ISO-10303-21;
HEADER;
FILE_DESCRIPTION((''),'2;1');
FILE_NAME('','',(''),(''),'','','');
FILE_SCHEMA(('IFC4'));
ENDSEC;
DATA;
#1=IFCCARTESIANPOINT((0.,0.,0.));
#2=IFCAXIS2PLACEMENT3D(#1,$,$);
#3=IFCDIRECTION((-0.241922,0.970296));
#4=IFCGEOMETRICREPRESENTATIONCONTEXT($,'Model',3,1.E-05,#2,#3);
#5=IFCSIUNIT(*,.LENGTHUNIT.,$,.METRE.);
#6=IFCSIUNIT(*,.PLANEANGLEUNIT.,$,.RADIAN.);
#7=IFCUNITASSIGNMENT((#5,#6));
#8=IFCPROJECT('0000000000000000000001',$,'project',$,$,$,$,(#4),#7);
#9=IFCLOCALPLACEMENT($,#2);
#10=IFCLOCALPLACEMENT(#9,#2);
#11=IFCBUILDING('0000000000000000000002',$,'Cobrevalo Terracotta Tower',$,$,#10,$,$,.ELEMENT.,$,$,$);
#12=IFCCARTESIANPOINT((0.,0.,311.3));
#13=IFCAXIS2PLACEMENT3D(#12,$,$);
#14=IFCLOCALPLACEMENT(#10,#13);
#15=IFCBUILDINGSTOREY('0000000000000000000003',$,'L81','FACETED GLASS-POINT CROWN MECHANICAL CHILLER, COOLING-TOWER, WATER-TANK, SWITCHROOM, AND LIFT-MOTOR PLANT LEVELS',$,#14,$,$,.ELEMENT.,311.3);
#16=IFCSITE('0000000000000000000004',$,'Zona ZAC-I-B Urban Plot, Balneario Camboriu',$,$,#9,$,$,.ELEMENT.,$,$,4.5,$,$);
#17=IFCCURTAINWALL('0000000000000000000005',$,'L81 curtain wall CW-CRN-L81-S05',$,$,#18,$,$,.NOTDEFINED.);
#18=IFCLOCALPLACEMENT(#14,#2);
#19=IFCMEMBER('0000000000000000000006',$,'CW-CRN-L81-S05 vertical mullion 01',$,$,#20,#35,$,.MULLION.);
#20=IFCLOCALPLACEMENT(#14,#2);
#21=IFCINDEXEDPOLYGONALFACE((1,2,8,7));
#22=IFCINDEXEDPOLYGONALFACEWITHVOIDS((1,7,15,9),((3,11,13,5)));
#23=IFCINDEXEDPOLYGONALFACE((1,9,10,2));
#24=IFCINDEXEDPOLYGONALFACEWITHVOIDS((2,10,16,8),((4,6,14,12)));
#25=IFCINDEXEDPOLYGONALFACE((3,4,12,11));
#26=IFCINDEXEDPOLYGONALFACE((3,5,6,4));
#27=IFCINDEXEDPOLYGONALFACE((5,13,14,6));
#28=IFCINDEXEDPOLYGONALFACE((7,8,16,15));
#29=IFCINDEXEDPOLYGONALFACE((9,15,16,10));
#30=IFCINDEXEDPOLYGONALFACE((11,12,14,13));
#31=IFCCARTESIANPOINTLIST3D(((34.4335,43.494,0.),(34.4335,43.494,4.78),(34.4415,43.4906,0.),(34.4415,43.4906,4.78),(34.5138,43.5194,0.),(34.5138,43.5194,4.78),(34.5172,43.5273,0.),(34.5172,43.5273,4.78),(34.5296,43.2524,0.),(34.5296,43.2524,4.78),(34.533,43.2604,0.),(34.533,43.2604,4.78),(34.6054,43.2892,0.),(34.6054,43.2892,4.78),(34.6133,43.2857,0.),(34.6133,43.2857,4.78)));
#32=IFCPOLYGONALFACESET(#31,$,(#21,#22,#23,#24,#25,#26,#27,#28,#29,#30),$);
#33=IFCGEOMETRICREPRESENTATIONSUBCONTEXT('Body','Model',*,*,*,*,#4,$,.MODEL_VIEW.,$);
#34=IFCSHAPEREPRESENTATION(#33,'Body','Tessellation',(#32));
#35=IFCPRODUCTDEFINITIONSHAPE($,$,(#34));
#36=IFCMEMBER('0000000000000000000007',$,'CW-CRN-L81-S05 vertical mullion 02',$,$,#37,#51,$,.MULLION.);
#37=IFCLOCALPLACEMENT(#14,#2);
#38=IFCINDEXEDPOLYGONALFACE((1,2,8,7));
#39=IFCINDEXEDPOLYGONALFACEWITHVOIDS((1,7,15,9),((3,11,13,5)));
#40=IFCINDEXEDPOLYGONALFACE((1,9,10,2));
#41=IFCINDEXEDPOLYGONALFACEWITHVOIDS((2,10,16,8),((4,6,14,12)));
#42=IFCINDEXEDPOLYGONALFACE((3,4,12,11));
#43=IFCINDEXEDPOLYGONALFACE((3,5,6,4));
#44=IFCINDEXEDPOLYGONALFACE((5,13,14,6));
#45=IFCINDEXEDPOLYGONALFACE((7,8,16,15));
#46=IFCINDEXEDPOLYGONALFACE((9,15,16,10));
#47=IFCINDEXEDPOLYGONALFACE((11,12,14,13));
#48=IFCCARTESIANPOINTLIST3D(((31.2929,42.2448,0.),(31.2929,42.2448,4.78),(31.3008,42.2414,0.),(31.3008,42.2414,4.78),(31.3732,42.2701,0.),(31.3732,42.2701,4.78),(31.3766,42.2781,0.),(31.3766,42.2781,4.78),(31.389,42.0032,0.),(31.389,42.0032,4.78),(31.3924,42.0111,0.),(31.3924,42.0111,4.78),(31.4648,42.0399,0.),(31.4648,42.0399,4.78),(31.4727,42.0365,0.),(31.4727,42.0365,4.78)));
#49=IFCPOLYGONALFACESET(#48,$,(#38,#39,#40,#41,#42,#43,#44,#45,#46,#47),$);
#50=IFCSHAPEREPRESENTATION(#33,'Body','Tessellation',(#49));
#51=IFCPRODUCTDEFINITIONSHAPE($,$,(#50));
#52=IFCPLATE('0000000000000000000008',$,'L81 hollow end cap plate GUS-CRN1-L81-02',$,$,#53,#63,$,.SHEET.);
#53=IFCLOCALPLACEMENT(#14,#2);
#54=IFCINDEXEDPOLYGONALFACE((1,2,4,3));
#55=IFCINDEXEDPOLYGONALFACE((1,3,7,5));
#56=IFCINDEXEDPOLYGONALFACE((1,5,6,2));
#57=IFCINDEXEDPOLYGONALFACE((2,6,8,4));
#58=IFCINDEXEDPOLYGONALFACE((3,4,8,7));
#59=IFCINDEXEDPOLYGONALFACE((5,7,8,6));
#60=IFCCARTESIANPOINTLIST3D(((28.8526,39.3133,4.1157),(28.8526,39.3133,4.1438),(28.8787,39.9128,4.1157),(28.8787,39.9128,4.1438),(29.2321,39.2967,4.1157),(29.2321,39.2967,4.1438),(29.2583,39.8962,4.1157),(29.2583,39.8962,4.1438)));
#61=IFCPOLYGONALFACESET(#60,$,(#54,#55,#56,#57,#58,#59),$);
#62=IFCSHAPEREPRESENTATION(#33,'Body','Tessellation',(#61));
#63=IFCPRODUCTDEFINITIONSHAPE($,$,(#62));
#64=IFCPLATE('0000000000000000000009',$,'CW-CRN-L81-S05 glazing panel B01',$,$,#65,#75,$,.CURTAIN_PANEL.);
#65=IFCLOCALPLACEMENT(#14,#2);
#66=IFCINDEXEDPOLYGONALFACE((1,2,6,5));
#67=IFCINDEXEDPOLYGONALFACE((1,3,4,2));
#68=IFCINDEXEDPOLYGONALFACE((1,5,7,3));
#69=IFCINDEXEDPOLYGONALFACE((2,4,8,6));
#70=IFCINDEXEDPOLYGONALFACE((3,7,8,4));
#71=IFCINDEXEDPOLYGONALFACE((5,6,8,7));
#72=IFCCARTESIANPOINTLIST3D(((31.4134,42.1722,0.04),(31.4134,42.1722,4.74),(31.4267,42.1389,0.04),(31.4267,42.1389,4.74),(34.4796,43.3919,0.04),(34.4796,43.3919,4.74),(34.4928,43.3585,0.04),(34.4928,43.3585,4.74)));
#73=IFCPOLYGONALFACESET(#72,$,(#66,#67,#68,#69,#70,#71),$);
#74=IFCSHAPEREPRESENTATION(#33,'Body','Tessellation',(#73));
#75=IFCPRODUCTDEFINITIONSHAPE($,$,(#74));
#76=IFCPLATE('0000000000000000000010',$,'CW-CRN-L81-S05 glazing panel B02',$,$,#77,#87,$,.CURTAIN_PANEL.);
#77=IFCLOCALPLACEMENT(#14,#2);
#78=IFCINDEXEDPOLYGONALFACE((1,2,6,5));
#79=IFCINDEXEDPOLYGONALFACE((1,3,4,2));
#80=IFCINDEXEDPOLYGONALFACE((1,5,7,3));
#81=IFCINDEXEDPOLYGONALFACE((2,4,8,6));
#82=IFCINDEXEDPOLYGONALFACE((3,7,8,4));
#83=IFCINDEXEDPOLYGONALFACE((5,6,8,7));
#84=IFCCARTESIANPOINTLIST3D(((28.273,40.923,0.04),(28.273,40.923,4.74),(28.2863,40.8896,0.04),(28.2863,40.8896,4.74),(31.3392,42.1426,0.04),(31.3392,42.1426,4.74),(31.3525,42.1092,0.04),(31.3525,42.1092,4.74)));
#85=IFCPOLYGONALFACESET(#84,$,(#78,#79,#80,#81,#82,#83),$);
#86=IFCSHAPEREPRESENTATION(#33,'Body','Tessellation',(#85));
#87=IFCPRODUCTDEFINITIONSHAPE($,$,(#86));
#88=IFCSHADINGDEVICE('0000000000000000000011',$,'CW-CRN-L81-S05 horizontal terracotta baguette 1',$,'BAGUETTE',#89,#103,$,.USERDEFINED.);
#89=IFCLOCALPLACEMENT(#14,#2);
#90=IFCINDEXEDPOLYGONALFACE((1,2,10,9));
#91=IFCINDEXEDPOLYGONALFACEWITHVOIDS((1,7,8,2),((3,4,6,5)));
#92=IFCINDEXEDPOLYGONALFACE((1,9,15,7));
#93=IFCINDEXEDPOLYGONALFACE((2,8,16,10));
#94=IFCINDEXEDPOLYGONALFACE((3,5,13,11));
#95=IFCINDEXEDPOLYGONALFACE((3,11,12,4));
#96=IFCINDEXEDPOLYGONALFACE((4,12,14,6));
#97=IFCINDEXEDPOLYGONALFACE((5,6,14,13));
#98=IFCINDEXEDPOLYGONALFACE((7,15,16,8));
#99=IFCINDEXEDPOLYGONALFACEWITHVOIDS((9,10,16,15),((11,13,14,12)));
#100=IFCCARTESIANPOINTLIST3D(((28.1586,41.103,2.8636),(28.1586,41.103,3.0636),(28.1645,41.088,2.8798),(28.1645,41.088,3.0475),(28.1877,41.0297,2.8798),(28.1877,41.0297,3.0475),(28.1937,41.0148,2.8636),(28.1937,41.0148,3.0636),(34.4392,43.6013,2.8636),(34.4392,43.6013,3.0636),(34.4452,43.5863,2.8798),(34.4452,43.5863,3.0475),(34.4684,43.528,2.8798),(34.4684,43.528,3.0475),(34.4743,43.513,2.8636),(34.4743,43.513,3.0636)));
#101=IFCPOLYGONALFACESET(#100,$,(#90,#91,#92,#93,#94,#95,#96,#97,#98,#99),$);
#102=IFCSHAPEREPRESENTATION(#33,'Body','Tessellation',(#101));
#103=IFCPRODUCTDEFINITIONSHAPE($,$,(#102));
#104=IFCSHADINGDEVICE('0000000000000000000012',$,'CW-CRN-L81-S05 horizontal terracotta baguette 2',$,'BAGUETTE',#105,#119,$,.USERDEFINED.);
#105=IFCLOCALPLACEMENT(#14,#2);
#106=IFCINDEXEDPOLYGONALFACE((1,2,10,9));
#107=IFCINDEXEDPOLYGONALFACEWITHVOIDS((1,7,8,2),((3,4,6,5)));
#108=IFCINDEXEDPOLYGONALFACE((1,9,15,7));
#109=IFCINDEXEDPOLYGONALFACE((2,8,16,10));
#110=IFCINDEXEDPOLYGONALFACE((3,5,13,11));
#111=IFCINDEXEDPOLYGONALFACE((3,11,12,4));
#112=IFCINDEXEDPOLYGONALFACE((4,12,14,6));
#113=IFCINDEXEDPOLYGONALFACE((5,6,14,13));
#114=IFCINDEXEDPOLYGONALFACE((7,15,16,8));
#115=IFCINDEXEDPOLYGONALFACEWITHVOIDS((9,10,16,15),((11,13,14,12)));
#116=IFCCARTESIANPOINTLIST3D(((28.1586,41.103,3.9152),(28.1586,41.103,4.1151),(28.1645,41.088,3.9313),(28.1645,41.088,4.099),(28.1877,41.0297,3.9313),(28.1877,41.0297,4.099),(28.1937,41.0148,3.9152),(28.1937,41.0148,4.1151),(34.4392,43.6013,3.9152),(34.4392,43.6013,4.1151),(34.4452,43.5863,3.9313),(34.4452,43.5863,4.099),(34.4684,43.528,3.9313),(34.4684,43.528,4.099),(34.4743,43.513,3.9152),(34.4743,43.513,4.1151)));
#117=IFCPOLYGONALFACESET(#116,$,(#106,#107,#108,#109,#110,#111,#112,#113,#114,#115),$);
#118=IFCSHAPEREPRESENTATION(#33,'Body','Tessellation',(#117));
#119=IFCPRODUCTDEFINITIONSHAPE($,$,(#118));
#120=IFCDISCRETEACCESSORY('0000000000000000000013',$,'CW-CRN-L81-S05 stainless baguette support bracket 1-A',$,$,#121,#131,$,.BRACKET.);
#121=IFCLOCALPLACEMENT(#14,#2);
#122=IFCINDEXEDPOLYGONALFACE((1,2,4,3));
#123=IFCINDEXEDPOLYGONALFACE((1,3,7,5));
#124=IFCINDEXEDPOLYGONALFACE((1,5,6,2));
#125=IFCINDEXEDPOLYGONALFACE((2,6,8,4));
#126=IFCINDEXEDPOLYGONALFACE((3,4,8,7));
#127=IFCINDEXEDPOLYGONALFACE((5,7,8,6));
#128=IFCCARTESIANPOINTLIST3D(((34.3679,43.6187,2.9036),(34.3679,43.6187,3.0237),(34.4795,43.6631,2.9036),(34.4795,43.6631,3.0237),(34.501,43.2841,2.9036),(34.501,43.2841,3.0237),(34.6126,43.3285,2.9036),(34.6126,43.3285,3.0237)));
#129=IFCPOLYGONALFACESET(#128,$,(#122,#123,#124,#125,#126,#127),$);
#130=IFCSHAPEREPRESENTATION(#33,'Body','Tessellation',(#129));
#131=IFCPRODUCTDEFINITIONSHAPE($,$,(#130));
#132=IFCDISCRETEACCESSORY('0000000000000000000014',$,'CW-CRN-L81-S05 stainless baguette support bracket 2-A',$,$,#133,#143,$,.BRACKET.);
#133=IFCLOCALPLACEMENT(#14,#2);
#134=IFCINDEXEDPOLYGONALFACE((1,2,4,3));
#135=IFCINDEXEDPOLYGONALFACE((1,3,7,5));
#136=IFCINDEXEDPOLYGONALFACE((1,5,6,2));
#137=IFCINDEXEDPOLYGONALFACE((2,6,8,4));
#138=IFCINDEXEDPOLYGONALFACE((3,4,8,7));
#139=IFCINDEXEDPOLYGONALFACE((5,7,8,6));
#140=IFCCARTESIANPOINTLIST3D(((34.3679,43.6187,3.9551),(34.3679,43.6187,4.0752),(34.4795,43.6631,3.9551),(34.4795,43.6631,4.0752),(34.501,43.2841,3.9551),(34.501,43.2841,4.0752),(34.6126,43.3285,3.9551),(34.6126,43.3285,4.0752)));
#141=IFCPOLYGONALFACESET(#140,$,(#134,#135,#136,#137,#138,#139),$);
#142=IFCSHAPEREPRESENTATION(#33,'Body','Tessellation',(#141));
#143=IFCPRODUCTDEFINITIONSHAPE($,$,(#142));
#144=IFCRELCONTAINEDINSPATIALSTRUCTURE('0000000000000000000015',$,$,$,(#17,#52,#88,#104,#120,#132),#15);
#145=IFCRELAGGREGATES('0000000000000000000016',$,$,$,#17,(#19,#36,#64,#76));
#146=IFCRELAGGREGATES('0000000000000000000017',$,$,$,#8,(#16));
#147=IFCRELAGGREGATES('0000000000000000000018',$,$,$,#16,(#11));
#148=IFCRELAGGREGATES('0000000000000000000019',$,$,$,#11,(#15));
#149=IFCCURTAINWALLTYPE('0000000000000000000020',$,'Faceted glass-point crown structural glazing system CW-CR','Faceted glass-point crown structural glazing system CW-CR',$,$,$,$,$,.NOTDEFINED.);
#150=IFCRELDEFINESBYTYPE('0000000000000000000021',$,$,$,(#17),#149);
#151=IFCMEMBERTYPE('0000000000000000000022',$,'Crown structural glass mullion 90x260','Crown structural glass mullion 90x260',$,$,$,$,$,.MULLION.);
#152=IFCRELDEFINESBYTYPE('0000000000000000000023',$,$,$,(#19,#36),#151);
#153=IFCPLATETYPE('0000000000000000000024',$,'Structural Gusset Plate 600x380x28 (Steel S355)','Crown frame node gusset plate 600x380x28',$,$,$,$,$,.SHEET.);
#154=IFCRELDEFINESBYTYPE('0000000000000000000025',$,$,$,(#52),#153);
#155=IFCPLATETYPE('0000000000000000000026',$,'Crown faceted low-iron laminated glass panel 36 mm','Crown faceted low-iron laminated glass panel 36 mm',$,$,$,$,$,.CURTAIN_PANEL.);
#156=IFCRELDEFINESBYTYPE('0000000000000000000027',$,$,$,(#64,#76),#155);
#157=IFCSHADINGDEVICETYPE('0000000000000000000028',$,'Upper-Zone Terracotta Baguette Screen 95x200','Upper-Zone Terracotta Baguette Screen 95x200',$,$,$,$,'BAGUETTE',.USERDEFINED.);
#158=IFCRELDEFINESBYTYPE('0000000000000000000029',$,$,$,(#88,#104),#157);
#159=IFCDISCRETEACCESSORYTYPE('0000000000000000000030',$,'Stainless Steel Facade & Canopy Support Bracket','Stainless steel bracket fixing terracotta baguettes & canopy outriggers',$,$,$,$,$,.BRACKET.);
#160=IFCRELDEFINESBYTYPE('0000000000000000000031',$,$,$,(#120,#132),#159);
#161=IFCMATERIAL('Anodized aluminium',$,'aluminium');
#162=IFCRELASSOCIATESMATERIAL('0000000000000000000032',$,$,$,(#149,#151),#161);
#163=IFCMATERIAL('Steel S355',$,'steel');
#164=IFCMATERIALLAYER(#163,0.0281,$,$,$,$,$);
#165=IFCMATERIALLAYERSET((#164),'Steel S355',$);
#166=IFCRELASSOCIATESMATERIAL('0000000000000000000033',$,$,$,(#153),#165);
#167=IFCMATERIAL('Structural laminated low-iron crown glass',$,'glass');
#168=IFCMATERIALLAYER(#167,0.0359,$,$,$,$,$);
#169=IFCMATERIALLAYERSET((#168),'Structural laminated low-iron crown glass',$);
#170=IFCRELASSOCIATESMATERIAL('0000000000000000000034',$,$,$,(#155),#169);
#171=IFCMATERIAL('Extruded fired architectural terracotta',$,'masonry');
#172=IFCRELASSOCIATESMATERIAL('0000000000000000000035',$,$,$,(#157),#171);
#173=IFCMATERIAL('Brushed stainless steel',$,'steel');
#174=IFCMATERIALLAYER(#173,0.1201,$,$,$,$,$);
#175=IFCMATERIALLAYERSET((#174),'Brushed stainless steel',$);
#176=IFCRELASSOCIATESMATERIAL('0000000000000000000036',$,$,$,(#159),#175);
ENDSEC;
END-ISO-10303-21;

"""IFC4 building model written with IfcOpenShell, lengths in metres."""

from ifc_helpers import new_model, si_unit, direction, frame, origin, origin_2d, place, context, subcontext, project, spatial, rectangle, hollow_rectangle, extrude, source, transform, mapped, material, layer, layer_set, material_profile, profile_set, type_object, element, aggregate, save


model = new_model("IFC4")

# Units and contexts
model_context = context("Model", 3, precision=1e-05, world=origin(), true_north=direction((-0.241922, 0.970296)))
body_context = subcontext(model_context, "Body", "Model", "MODEL_VIEW")
ifc_project = project(units=[si_unit("LENGTHUNIT", "METRE"), si_unit("PLANEANGLEUNIT", "RADIAN")], contexts=[model_context])

# Site, building, storey
site_placement = place(None, origin())
site = spatial("IfcSite", under=ifc_project, at=site_placement, Name="Zona ZAC-I-B Urban Plot, Balneario Camboriu", CompositionType="ELEMENT", RefElevation=4.5)
building_placement = place(site_placement, origin())
building = spatial("IfcBuilding", under=site, at=building_placement, Name="Cobrevalo Terracotta Tower", CompositionType="ELEMENT")
storey_placement = place(building_placement, frame((0.0, 0.0, 311.3)))
storey = spatial("IfcBuildingStorey", under=building, at=storey_placement, Name="L81", Description="FACETED GLASS-POINT CROWN MECHANICAL CHILLER, COOLING-TOWER, WATER-TANK, SWITCHROOM, AND LIFT-MOTOR PLANT LEVELS", CompositionType="ELEMENT", Elevation=311.3)

# Shared definitions
ifc_material_1 = material(Name="Steel S355", Category="steel")

# Curtain wall
ifc_material_2 = material(Name="Anodized aluminium", Category="aluminium")
curtain_wall_type = type_object("IfcCurtainWallType", Name="Faceted glass-point crown structural glazing system CW-CR", Description="Faceted glass-point crown structural glazing system CW-CR", PredefinedType="NOTDEFINED", material=ifc_material_2)
curtain_wall_1_placement = place(storey_placement, origin())
curtain_wall_1 = element("IfcCurtainWall", 1, at=curtain_wall_1_placement, inside=storey, type_object=curtain_wall_type, Name="L81 curtain wall CW-CRN-L81-S05", PredefinedType="NOTDEFINED")

# Shared definitions
ifc_material_profile_1 = material_profile(ifc_material_2, hollow_rectangle(XDim=0.0901, YDim=0.26, WallThickness=0.0061, at=origin_2d()), Name="CWM 90x260")
ifc_profile_set_1 = profile_set([ifc_material_profile_1], Name="Anodized aluminium")
member_type_1 = type_object("IfcMemberType", Name="Crown structural glass mullion 90x260", Description="Crown structural glass mullion 90x260", PredefinedType="MULLION", material=ifc_profile_set_1)
shared_shape_1 = source(origin(), body_context, "Body", "SweptSolid", [
    extrude(hollow_rectangle(XDim=0.0901, YDim=0.26, WallThickness=0.0061, at=origin_2d()), origin(), (0.0, 0.0, 1.0), 4.78),
])

# Members
member_1_placement = place(storey_placement, frame((34.5234, 43.3899, 0.0), z_axis=(0.0, 0.0, 1.0), x_axis=(-0.929191, -0.369601, 0.0)))
member_1 = element("IfcMember", 2, at=member_1_placement, type_object=member_type_1, Name="CW-CRN-L81-S05 vertical mullion 01", PredefinedType="MULLION", context=body_context, shape_type="MappedRepresentation", body=[
    mapped(shared_shape_1, transform((0.0, 0.0, 0.0), scale=1.0)),
])
member_2_placement = place(storey_placement, frame((31.3828, 42.1406, 0.0), z_axis=(0.0, 0.0, 1.0), x_axis=(-0.929191, -0.369601, 0.0)))
member_2 = element("IfcMember", 3, at=member_2_placement, type_object=member_type_1, Name="CW-CRN-L81-S05 vertical mullion 02", PredefinedType="MULLION", context=body_context, shape_type="MappedRepresentation", body=[
    mapped(shared_shape_1, transform((0.0, 0.0, 0.0), scale=1.0)),
])

# Plates
ifc_layer_1 = layer(ifc_material_1, 0.0281)
ifc_layer_set_1 = layer_set([ifc_layer_1], Name="Steel S355")
plate_type_1 = type_object("IfcPlateType", Name="Structural Gusset Plate 600x380x28 (Steel S355)", Description="Crown frame node gusset plate 600x380x28", PredefinedType="SHEET", material=ifc_layer_set_1)
shared_shape_2 = source(origin(), body_context, "Body", "SweptSolid", [
    extrude(rectangle(XDim=0.6001, YDim=0.3799, at=origin_2d()), origin(), (0.0, 0.0, 1.0), 0.0281),
])
plate_1_placement = place(storey_placement, frame((29.0554, 39.6047, 4.1157), z_axis=(0.0, 0.0, 1.0), x_axis=(0.0436, 0.999049, 0.0)))
element("IfcPlate", 4, at=plate_1_placement, inside=storey, type_object=plate_type_1, Name="L81 hollow end cap plate GUS-CRN1-L81-02", PredefinedType="SHEET", context=body_context, shape_type="MappedRepresentation", body=[
    mapped(shared_shape_2, transform((0.0, 0.0, 0.0), scale=1.0)),
])
ifc_material_3 = material(Name="Structural laminated low-iron crown glass", Category="glass")
ifc_layer_2 = layer(ifc_material_3, 0.0359)
ifc_layer_set_2 = layer_set([ifc_layer_2], Name="Structural laminated low-iron crown glass")
plate_type_2 = type_object("IfcPlateType", Name="Crown faceted low-iron laminated glass panel 36 mm", Description="Crown faceted low-iron laminated glass panel 36 mm", PredefinedType="CURTAIN_PANEL", material=ifc_layer_set_2)
shared_shape_3 = source(origin(), body_context, "Body", "SweptSolid", [
    extrude(rectangle(XDim=3.2998, YDim=0.0359, at=origin_2d()), origin(), (0.0, 0.0, 1.0), 4.7),
])
plate_2_placement = place(storey_placement, frame((32.9531, 42.7654, 0.04), z_axis=(0.0, 0.0, 1.0), x_axis=(-0.929191, -0.369601, 0.0)))
plate_2 = element("IfcPlate", 5, at=plate_2_placement, type_object=plate_type_2, Name="CW-CRN-L81-S05 glazing panel B01", PredefinedType="CURTAIN_PANEL", context=body_context, shape_type="MappedRepresentation", body=[
    mapped(shared_shape_3, transform((0.0, 0.0, 0.0), scale=1.0)),
])
plate_3_placement = place(storey_placement, frame((29.8127, 41.5161, 0.04), z_axis=(0.0, 0.0, 1.0), x_axis=(-0.929191, -0.369601, 0.0)))
plate_3 = element("IfcPlate", 6, at=plate_3_placement, type_object=plate_type_2, Name="CW-CRN-L81-S05 glazing panel B02", PredefinedType="CURTAIN_PANEL", context=body_context, shape_type="MappedRepresentation", body=[
    mapped(shared_shape_3, transform((0.0, 0.0, 0.0), scale=1.0)),
])
aggregate(curtain_wall_1, [member_1, member_2, plate_2, plate_3])

# Shading devices
ifc_material_4 = material(Name="Extruded fired architectural terracotta", Category="masonry")
ifc_material_profile_2 = material_profile(ifc_material_4, hollow_rectangle(XDim=0.095, YDim=0.2, WallThickness=0.0161, at=origin_2d()), Name="BAGUETTE 95x200")
ifc_profile_set_2 = profile_set([ifc_material_profile_2], Name="Extruded fired architectural terracotta")
shading_device_type = type_object("IfcShadingDeviceType", Name="Upper-Zone Terracotta Baguette Screen 95x200", Description="Upper-Zone Terracotta Baguette Screen 95x200", ElementType="BAGUETTE", PredefinedType="USERDEFINED", material=ifc_profile_set_2)
shared_shape_4 = source(origin(), body_context, "Body", "SweptSolid", [
    extrude(hollow_rectangle(XDim=0.095, YDim=0.2, WallThickness=0.0161, at=origin_2d()), origin(), (0.0, 0.0, 1.0), 6.7593),
])
for number, where, z_axis, x_axis, name in (
    (7, (34.4568, 43.5571, 2.9636), (-0.92919, -0.369603, 0.0), (0.369603, -0.92919, 0.0), "CW-CRN-L81-S05 horizontal terracotta baguette 1"),
    (8, (34.4568, 43.5571, 4.0151), (-0.92919, -0.369603, 0.0), (0.369603, -0.92919, 0.0), "CW-CRN-L81-S05 horizontal terracotta baguette 2"),
):
    element("IfcShadingDevice", number, at=place(storey_placement, frame(where, z_axis=z_axis, x_axis=x_axis)), inside=storey, type_object=shading_device_type, Name=name, ObjectType="BAGUETTE", PredefinedType="USERDEFINED", context=body_context, shape_type="MappedRepresentation", body=[
        mapped(shared_shape_4, transform((0.0, 0.0, 0.0), scale=1.0)),
    ])

# Discrete accessories
ifc_material_5 = material(Name="Brushed stainless steel", Category="steel")
ifc_layer_3 = layer(ifc_material_5, 0.1201)
ifc_layer_set_3 = layer_set([ifc_layer_3], Name="Brushed stainless steel")
discrete_accessory_type = type_object("IfcDiscreteAccessoryType", Name="Stainless Steel Facade & Canopy Support Bracket", Description="Stainless steel bracket fixing terracotta baguettes & canopy outriggers", PredefinedType="BRACKET", material=ifc_layer_set_3)
shared_shape_5 = source(origin(), body_context, "Body", "SweptSolid", [
    extrude(rectangle(XDim=0.1201, YDim=0.3601, at=origin_2d()), origin(), (0.0, 0.0, 1.0), 0.1201),
])
for number, where, z_axis, x_axis, name in (
    (9, (34.4902, 43.4736, 2.9036), (0.0, 0.0, 1.0), (-0.929191, -0.369601, 0.0), "CW-CRN-L81-S05 stainless baguette support bracket 1-A"),
    (10, (34.4902, 43.4736, 3.9551), (0.0, 0.0, 1.0), (-0.929191, -0.369601, 0.0), "CW-CRN-L81-S05 stainless baguette support bracket 2-A"),
):
    element("IfcDiscreteAccessory", number, at=place(storey_placement, frame(where, z_axis=z_axis, x_axis=x_axis)), inside=storey, type_object=discrete_accessory_type, Name=name, PredefinedType="BRACKET", context=body_context, shape_type="MappedRepresentation", body=[
        mapped(shared_shape_5, transform((0.0, 0.0, 0.0), scale=1.0)),
    ])

save(model, "model.ifc")
